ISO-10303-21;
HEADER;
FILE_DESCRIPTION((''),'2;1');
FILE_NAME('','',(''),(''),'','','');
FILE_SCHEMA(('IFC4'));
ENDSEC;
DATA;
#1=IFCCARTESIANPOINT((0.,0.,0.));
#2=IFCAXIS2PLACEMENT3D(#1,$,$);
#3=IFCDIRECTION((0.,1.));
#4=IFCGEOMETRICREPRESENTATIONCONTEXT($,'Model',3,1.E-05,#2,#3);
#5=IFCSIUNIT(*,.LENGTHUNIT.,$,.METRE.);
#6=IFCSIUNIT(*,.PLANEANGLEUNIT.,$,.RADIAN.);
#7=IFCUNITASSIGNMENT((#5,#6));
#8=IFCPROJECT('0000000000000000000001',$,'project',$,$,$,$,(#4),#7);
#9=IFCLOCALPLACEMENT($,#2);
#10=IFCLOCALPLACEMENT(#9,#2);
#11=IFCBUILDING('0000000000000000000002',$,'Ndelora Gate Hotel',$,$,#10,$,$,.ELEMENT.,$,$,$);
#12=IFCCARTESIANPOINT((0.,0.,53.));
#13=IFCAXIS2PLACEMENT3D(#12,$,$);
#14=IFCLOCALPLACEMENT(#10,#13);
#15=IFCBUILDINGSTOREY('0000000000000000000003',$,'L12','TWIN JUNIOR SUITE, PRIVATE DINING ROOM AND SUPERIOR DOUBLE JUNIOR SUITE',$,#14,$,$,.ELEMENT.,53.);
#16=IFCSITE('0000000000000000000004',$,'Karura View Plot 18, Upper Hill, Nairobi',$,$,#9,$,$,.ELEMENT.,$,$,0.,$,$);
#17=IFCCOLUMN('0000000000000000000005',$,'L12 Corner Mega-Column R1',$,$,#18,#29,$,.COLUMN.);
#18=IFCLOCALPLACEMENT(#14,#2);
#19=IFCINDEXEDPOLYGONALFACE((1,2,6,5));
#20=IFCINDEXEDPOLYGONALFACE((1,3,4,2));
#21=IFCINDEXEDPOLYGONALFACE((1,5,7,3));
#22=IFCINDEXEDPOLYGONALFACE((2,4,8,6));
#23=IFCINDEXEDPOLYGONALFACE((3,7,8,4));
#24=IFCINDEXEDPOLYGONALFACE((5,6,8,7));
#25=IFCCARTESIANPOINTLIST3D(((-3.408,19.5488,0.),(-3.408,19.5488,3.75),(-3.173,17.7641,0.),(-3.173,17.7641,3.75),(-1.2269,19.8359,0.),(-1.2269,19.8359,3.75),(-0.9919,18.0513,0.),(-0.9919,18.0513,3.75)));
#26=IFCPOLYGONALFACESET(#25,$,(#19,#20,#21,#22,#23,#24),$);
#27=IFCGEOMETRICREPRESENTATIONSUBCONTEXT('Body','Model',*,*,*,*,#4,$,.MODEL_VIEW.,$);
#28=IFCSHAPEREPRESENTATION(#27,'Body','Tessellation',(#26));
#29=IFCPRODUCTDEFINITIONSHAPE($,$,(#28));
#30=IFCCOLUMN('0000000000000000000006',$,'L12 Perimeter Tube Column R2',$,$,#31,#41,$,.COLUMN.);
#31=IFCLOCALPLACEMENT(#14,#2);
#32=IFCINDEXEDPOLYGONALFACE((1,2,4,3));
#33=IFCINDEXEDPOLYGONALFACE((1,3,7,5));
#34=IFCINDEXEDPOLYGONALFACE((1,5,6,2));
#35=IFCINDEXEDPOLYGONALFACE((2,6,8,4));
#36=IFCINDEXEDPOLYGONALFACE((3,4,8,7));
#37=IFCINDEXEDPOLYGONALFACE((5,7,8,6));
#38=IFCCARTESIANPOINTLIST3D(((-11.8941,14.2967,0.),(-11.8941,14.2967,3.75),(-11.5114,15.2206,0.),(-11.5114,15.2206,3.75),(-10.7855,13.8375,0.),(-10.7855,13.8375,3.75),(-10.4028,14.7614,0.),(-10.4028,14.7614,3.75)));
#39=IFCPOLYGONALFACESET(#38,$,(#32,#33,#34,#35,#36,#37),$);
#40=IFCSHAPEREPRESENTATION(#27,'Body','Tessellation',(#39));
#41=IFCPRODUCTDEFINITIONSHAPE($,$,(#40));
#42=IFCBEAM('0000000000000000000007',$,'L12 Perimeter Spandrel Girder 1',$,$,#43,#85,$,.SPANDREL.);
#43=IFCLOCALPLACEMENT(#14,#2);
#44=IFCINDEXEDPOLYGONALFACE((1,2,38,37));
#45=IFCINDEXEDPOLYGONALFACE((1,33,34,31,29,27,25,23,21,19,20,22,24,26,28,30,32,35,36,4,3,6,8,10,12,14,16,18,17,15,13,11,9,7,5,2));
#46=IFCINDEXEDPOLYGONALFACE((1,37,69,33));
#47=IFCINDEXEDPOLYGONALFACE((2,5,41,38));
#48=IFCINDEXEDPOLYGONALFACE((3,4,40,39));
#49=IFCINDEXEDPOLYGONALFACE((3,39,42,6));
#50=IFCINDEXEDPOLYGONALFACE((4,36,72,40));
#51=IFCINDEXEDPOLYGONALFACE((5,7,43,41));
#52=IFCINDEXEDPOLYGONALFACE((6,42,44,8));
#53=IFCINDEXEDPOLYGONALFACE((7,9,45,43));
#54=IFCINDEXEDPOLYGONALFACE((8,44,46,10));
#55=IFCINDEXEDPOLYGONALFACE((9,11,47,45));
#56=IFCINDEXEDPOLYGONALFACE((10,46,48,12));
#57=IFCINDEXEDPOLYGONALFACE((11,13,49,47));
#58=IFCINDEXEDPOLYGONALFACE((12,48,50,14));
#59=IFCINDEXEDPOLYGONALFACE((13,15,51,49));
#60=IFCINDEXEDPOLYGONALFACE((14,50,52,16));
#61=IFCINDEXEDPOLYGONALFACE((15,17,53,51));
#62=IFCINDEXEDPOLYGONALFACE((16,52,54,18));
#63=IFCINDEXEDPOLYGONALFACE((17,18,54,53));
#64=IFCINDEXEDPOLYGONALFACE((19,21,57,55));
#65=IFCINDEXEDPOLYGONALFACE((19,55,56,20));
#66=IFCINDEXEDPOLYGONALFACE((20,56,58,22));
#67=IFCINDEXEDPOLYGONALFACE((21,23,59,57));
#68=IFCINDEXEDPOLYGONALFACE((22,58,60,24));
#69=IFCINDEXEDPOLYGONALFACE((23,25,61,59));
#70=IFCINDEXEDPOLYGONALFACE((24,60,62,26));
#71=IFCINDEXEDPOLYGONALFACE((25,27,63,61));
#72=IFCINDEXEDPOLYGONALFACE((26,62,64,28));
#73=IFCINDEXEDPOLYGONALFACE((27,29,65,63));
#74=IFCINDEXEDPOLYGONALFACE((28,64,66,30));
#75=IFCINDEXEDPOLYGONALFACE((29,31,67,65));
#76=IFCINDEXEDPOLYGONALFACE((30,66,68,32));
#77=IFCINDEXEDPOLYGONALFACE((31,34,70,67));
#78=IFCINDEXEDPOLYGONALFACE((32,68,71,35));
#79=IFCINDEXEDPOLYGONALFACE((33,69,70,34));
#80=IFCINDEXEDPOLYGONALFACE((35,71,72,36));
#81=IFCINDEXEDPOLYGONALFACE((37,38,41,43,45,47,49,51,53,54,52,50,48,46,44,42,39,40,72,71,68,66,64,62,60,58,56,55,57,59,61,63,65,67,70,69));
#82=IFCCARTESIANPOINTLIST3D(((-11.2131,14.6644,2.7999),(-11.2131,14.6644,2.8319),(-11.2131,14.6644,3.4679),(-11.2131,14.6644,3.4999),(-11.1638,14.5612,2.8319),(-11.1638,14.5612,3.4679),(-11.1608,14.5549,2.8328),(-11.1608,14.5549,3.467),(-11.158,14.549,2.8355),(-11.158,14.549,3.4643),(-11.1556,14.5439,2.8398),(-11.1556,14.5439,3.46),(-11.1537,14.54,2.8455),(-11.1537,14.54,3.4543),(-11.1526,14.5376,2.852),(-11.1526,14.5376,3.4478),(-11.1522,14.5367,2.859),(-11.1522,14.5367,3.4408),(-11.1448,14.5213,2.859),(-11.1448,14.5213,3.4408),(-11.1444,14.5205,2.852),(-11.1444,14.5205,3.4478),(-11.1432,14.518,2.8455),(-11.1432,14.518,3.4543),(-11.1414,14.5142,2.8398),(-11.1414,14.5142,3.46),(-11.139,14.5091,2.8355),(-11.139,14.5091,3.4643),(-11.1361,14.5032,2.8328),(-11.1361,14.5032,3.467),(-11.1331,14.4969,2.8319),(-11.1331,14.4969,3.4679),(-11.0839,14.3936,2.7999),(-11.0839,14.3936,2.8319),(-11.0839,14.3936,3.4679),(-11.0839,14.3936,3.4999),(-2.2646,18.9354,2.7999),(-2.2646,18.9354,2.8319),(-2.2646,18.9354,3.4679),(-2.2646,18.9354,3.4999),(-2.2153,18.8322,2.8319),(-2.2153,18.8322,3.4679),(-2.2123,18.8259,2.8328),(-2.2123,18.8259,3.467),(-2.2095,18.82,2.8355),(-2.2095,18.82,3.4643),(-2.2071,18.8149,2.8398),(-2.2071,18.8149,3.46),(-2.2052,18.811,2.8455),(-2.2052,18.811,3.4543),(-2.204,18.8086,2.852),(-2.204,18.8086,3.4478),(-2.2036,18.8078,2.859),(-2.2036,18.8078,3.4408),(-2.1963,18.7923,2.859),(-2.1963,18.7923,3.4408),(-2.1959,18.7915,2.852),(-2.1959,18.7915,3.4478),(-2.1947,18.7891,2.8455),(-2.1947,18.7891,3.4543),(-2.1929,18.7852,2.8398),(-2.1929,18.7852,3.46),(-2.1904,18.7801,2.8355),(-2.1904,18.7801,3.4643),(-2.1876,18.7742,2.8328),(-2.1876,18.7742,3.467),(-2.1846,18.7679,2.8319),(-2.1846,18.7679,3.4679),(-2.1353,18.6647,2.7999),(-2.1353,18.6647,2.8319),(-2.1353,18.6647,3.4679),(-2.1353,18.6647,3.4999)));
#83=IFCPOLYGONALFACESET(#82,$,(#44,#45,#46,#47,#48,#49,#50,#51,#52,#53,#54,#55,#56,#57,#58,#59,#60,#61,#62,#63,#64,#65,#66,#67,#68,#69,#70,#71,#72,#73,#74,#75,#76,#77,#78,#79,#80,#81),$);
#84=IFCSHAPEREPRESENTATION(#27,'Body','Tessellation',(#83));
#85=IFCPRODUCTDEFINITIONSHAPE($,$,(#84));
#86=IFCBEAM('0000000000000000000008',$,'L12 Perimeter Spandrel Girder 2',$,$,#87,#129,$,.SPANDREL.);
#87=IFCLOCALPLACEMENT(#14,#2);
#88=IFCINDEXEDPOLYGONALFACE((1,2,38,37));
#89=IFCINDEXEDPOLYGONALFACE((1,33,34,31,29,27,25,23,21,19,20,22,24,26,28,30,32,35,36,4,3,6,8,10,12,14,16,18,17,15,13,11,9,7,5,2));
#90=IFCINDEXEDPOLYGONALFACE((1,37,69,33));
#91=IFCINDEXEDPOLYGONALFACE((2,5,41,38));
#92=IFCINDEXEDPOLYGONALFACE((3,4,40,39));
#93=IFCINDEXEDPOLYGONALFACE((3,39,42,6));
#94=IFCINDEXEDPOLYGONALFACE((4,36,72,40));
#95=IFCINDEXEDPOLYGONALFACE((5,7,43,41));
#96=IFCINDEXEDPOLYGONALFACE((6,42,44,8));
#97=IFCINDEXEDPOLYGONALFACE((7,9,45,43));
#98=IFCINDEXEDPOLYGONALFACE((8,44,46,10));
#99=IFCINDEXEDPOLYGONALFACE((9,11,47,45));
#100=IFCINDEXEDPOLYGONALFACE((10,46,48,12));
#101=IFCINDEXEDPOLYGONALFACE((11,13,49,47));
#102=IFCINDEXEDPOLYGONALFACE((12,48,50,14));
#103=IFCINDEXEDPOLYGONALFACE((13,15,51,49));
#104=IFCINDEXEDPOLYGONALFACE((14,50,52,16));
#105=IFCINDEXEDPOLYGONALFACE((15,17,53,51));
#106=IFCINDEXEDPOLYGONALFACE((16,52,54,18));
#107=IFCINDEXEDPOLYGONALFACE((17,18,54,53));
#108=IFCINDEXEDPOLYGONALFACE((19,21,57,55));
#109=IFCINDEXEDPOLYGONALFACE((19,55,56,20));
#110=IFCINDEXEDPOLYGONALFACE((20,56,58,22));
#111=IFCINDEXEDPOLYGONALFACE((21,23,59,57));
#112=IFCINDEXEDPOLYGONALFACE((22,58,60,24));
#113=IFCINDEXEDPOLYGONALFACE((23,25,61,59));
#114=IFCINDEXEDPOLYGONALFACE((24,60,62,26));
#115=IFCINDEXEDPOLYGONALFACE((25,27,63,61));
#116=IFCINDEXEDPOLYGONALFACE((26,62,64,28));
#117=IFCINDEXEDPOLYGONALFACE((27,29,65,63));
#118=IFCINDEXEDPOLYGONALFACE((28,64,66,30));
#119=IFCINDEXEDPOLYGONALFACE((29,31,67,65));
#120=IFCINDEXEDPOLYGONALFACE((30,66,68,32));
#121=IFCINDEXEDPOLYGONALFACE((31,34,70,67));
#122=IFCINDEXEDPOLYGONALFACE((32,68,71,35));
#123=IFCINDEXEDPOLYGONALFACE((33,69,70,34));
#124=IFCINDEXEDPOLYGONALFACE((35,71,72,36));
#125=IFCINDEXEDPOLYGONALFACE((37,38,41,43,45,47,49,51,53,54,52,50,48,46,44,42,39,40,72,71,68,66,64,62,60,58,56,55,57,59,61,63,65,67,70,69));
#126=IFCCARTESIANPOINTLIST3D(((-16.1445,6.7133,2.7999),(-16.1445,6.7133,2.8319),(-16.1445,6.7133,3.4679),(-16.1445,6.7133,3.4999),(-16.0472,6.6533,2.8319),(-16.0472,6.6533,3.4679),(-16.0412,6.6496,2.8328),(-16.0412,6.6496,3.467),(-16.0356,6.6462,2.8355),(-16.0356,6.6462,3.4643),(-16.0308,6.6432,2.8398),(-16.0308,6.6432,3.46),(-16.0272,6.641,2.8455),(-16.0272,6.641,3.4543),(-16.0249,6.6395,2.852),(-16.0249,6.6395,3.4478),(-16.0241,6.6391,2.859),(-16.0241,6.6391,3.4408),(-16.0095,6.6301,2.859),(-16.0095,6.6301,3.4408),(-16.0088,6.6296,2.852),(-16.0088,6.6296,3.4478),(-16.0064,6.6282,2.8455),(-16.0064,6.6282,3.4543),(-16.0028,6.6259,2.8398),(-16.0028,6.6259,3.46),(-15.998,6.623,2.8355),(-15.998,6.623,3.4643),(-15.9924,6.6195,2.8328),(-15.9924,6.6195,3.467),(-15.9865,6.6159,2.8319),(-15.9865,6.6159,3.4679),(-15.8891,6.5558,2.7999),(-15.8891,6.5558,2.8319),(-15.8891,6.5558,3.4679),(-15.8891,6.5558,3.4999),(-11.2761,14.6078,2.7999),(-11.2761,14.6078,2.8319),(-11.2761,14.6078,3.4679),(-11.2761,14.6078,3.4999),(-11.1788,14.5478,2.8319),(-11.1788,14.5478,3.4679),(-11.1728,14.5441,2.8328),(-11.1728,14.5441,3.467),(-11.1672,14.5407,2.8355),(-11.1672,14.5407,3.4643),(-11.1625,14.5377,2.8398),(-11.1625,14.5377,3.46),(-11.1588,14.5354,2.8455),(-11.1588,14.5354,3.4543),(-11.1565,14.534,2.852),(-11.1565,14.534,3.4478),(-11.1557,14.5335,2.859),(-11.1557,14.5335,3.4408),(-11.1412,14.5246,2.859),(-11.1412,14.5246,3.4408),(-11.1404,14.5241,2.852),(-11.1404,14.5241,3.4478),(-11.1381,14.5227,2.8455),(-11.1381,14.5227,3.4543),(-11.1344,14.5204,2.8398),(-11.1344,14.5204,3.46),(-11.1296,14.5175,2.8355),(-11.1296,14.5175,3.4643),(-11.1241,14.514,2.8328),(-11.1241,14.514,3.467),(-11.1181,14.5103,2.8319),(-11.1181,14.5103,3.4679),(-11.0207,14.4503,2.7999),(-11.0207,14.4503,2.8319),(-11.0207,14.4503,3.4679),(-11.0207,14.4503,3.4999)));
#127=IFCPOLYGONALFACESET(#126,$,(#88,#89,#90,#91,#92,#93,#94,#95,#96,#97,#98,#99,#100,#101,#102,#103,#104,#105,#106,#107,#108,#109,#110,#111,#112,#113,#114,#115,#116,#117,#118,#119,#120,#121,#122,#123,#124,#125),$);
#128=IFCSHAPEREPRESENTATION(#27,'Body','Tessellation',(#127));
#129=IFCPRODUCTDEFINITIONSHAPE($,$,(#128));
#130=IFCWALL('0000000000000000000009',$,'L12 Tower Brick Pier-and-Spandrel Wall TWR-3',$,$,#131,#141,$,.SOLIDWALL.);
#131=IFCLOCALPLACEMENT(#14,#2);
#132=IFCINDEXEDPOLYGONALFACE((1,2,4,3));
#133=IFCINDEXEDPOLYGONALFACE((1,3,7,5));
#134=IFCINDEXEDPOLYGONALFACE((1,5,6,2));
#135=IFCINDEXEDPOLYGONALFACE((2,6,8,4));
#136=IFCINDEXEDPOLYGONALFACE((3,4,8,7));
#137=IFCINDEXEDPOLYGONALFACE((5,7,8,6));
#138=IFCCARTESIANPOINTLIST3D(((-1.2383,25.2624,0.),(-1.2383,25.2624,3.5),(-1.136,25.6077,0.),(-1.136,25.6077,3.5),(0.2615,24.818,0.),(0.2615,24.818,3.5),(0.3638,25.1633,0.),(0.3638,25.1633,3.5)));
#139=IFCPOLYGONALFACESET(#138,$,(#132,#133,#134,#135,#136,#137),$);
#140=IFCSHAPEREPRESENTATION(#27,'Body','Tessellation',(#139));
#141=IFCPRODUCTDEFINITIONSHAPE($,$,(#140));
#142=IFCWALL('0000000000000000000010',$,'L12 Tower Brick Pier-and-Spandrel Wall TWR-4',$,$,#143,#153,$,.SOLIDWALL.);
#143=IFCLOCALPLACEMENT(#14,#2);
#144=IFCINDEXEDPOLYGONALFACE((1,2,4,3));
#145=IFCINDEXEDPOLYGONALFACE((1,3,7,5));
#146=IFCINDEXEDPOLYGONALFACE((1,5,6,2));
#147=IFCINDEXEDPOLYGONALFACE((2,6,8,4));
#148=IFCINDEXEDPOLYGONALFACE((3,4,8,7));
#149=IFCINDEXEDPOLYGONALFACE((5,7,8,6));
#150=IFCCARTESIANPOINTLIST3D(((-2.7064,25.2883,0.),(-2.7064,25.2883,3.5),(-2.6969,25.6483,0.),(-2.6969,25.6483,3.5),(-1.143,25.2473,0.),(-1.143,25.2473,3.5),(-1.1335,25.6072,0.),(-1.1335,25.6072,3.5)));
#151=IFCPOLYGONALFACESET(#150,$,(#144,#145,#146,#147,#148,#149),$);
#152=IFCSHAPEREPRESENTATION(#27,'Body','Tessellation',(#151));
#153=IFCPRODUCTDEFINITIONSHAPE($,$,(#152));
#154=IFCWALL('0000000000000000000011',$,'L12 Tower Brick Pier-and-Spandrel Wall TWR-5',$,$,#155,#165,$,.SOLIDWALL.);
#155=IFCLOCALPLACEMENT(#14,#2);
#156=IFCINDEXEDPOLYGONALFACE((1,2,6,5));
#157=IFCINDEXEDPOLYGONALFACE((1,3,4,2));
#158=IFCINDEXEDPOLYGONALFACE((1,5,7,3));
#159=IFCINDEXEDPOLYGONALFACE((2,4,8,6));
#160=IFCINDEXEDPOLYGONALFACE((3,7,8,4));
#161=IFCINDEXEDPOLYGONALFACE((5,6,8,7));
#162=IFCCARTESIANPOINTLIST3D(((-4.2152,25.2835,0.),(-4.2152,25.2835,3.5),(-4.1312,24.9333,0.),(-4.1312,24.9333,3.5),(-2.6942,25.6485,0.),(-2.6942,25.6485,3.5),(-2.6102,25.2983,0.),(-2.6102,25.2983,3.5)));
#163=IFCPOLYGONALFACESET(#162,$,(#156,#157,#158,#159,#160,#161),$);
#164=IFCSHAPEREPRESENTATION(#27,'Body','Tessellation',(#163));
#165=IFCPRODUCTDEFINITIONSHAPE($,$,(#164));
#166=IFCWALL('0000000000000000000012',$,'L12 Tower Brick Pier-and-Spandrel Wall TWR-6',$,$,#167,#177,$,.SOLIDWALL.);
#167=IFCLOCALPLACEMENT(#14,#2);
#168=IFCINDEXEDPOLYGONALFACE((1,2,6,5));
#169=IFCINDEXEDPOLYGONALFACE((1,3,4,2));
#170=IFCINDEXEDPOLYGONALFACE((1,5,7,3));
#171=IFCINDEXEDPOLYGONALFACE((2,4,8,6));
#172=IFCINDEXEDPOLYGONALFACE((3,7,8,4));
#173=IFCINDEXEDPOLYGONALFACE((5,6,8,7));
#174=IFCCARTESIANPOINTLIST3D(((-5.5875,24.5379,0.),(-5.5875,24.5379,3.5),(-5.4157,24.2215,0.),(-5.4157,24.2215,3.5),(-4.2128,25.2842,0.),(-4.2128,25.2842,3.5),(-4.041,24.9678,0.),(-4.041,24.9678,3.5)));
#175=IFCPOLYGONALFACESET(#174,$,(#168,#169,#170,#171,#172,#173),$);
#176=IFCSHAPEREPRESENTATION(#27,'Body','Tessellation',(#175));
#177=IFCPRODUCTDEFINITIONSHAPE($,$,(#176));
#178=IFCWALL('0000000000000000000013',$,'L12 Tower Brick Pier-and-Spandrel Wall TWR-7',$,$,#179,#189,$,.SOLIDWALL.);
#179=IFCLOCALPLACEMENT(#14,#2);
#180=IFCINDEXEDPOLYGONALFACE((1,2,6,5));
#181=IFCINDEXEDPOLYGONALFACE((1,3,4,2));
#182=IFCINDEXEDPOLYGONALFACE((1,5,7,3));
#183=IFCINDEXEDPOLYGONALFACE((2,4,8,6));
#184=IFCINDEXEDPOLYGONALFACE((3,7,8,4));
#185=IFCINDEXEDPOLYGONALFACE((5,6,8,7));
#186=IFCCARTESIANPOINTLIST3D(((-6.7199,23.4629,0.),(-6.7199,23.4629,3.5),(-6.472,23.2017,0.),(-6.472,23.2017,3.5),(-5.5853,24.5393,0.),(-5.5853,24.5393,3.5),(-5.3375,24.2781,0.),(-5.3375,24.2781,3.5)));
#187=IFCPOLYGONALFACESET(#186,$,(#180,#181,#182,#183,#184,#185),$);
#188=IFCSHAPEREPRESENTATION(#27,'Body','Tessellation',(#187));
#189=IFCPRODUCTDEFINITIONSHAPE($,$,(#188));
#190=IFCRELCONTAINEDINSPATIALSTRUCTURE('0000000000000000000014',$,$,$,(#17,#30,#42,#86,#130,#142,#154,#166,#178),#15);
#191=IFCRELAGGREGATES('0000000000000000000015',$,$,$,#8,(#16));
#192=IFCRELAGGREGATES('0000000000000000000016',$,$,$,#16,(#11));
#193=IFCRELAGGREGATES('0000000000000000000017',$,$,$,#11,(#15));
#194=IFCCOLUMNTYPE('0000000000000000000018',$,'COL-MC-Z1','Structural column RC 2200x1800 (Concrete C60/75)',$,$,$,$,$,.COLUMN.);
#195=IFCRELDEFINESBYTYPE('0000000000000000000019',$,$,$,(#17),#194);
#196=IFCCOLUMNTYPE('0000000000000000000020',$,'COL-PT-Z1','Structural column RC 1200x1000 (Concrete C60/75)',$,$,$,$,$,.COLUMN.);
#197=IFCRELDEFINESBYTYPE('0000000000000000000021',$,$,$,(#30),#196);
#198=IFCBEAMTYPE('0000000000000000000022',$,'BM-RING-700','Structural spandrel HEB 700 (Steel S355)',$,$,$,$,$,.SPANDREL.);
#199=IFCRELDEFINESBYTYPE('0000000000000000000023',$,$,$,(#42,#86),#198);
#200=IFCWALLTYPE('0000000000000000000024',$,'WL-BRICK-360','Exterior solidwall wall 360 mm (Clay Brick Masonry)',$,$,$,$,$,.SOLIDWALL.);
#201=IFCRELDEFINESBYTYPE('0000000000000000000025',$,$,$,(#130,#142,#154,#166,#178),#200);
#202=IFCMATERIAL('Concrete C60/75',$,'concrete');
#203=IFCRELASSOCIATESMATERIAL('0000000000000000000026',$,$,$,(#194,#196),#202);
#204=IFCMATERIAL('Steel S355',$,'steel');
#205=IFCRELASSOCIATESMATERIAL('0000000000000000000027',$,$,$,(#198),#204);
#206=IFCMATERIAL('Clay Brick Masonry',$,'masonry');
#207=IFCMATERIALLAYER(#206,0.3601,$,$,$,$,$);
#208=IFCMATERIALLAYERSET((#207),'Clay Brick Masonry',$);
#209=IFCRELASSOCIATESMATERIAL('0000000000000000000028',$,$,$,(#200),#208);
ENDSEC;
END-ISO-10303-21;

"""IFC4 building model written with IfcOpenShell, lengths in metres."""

from ifc_helpers import new_model, si_unit, direction, frame, frame_2d, origin, origin_2d, place, context, subcontext, project, spatial, rectangle, i_section, extrude, material, layer, layer_set, material_profile, profile_set, type_object, element, save


model = new_model("IFC4")

# Units and contexts
model_context = context("Model", 3, precision=1e-05, world=origin(), true_north=direction((0.0, 1.0)))
body_context = subcontext(model_context, "Body", "Model", "MODEL_VIEW")
ifc_project = project(units=[si_unit("LENGTHUNIT", "METRE"), si_unit("PLANEANGLEUNIT", "RADIAN")], contexts=[model_context])

# Site, building, storey
site_placement = place(None, origin())
site = spatial("IfcSite", under=ifc_project, at=site_placement, Name="Karura View Plot 18, Upper Hill, Nairobi", CompositionType="ELEMENT", RefElevation=0.0)
building_placement = place(site_placement, origin())
building = spatial("IfcBuilding", under=site, at=building_placement, Name="Ndelora Gate Hotel", CompositionType="ELEMENT")
storey_placement = place(building_placement, frame((0.0, 0.0, 53.0)))
storey = spatial("IfcBuildingStorey", under=building, at=storey_placement, Name="L12", Description="TWIN JUNIOR SUITE, PRIVATE DINING ROOM AND SUPERIOR DOUBLE JUNIOR SUITE", CompositionType="ELEMENT", Elevation=53.0)

# Columns
ifc_material_1 = material(Name="Concrete C60/75", Category="concrete")
ifc_material_profile_1 = material_profile(ifc_material_1, rectangle(XDim=1.8, YDim=2.2, at=origin_2d()), Name="RC 2200x1800")
ifc_profile_set_1 = profile_set([ifc_material_profile_1], Name="Concrete C60/75")
column_type_1 = type_object("IfcColumnType", Name="COL-MC-Z1", Description="Structural column RC 2200x1800 (Concrete C60/75)", PredefinedType="COLUMN", material=ifc_profile_set_1)
column_1_placement = place(storey_placement, frame((-2.2, 18.8, 0.0), z_axis=(0.0, 0.0, 1.0), x_axis=(-0.130526, 0.991445, 0.0)))
element("IfcColumn", 1, at=column_1_placement, inside=storey, type_object=column_type_1, Name="L12 Corner Mega-Column R1", PredefinedType="COLUMN", context=body_context, shape_type="SweptSolid", body=[
    extrude(rectangle(XDim=1.8, YDim=2.2, at=origin_2d()), origin(), (0.0, 0.0, 1.0), 3.75),
])
ifc_material_profile_2 = material_profile(ifc_material_1, rectangle(XDim=1.0, YDim=1.2, at=origin_2d()), Name="RC 1200x1000")
ifc_profile_set_2 = profile_set([ifc_material_profile_2], Name="Concrete C60/75")
column_type_2 = type_object("IfcColumnType", Name="COL-PT-Z1", Description="Structural column RC 1200x1000 (Concrete C60/75)", PredefinedType="COLUMN", material=ifc_profile_set_2)
column_2_placement = place(storey_placement, frame((-11.1484, 14.5291, 0.0), z_axis=(0.0, 0.0, 1.0), x_axis=(0.382683, 0.92388, 0.0)))
element("IfcColumn", 2, at=column_2_placement, inside=storey, type_object=column_type_2, Name="L12 Perimeter Tube Column R2", PredefinedType="COLUMN", context=body_context, shape_type="SweptSolid", body=[
    extrude(rectangle(XDim=1.0, YDim=1.2, at=origin_2d()), origin(), (0.0, 0.0, 1.0), 3.75),
])

# Beams
ifc_material_2 = material(Name="Steel S355", Category="steel")
ifc_material_profile_3 = material_profile(ifc_material_2, i_section(OverallWidth=0.3, OverallDepth=0.7, WebThickness=0.0171, FlangeThickness=0.032, FilletRadius=0.0271, at=origin_2d()), Name="HEB 700")
ifc_profile_set_3 = profile_set([ifc_material_profile_3], Name="Steel S355")
beam_type = type_object("IfcBeamType", Name="BM-RING-700", Description="Structural spandrel HEB 700 (Steel S355)", PredefinedType="SPANDREL", material=ifc_profile_set_3)
beam_1_placement = place(storey_placement, frame((-2.2, 18.8, 3.1499), z_axis=(-0.902476, -0.43074, 0.0), x_axis=(0.43074, -0.902476, 0.0)))
element("IfcBeam", 3, at=beam_1_placement, inside=storey, type_object=beam_type, Name="L12 Perimeter Spandrel Girder 1", PredefinedType="SPANDREL", context=body_context, shape_type="SweptSolid", body=[
    extrude(i_section(OverallWidth=0.3, OverallDepth=0.7, WebThickness=0.0171, FlangeThickness=0.032, FilletRadius=0.0271, at=origin_2d()), origin(), (0.0, 0.0, 1.0), 9.9155),
])
beam_2_placement = place(storey_placement, frame((-11.1484, 14.5291, 3.1499), z_axis=(-0.524898, -0.851165, 0.0), x_axis=(0.851165, -0.524898, 0.0)))
element("IfcBeam", 4, at=beam_2_placement, inside=storey, type_object=beam_type, Name="L12 Perimeter Spandrel Girder 2", PredefinedType="SPANDREL", context=body_context, shape_type="SweptSolid", body=[
    extrude(i_section(OverallWidth=0.3, OverallDepth=0.7, WebThickness=0.0171, FlangeThickness=0.032, FilletRadius=0.0271, at=origin_2d()), origin(), (0.0, 0.0, 1.0), 9.2749),
])

# Walls
ifc_material_3 = material(Name="Clay Brick Masonry", Category="masonry")
ifc_layer_1 = layer(ifc_material_3, 0.3601)
ifc_layer_set_1 = layer_set([ifc_layer_1], Name="Clay Brick Masonry")
wall_type_1 = type_object("IfcWallType", Name="WL-BRICK-360", Description="Exterior solidwall wall 360 mm (Clay Brick Masonry)", PredefinedType="SOLIDWALL", material=ifc_layer_set_1)
wall_1_placement = place(storey_placement, frame((-1.1873, 25.4351, 0.0), z_axis=(0.0, 0.0, 1.0), x_axis=(0.958804, -0.284067, 0.0)))
element("IfcWall", 5, at=wall_1_placement, inside=storey, type_object=wall_type_1, Name="L12 Tower Brick Pier-and-Spandrel Wall TWR-3", PredefinedType="SOLIDWALL", context=body_context, shape_type="SweptSolid", body=[
    extrude(rectangle(XDim=1.5642, YDim=0.3601, at=frame_2d((0.7822, 0.0))), origin(), (0.0, 0.0, 1.0), 3.5),
])
wall_2_placement = place(storey_placement, frame((-2.7017, 25.4683, 0.0), z_axis=(0.0, 0.0, 1.0), x_axis=(0.999656, -0.026225, 0.0)))
element("IfcWall", 6, at=wall_2_placement, inside=storey, type_object=wall_type_1, Name="L12 Tower Brick Pier-and-Spandrel Wall TWR-4", PredefinedType="SOLIDWALL", context=body_context, shape_type="SweptSolid", body=[
    extrude(rectangle(XDim=1.564, YDim=0.3601, at=frame_2d((0.782, 0.0))), origin(), (0.0, 0.0, 1.0), 3.5),
])
for number, where, z_axis, x_axis, name in (
    (7, (-4.1733, 25.1084, 0.0), (0.0, 0.0, 1.0), (0.972394, 0.233343, 0.0), "L12 Tower Brick Pier-and-Spandrel Wall TWR-5"),
    (8, (-5.5017, 24.3796, 0.0), (0.0, 0.0, 1.0), (0.878842, 0.477113, 0.0), "L12 Tower Brick Pier-and-Spandrel Wall TWR-6"),
):
    element("IfcWall", number, at=place(storey_placement, frame(where, z_axis=z_axis, x_axis=x_axis)), inside=storey, type_object=wall_type_1, Name=name, PredefinedType="SOLIDWALL", context=body_context, shape_type="SweptSolid", body=[
        extrude(rectangle(XDim=1.5642, YDim=0.3601, at=frame_2d((0.7822, 0.0))), origin(), (0.0, 0.0, 1.0), 3.5),
    ])
for number, where, z_axis, x_axis, name in (
    (9, (-6.5959, 23.3323, 0.0), (0.0, 0.0, 1.0), (0.72544, 0.688286, 0.0), "L12 Tower Brick Pier-and-Spandrel Wall TWR-7"),
):
    element("IfcWall", number, at=place(storey_placement, frame(where, z_axis=z_axis, x_axis=x_axis)), inside=storey, type_object=wall_type_1, Name=name, PredefinedType="SOLIDWALL", context=body_context, shape_type="SweptSolid", body=[
        extrude(rectangle(XDim=1.564, YDim=0.3601, at=frame_2d((0.782, 0.0))), origin(), (0.0, 0.0, 1.0), 3.5),
    ])

save(model, "model.ifc")
